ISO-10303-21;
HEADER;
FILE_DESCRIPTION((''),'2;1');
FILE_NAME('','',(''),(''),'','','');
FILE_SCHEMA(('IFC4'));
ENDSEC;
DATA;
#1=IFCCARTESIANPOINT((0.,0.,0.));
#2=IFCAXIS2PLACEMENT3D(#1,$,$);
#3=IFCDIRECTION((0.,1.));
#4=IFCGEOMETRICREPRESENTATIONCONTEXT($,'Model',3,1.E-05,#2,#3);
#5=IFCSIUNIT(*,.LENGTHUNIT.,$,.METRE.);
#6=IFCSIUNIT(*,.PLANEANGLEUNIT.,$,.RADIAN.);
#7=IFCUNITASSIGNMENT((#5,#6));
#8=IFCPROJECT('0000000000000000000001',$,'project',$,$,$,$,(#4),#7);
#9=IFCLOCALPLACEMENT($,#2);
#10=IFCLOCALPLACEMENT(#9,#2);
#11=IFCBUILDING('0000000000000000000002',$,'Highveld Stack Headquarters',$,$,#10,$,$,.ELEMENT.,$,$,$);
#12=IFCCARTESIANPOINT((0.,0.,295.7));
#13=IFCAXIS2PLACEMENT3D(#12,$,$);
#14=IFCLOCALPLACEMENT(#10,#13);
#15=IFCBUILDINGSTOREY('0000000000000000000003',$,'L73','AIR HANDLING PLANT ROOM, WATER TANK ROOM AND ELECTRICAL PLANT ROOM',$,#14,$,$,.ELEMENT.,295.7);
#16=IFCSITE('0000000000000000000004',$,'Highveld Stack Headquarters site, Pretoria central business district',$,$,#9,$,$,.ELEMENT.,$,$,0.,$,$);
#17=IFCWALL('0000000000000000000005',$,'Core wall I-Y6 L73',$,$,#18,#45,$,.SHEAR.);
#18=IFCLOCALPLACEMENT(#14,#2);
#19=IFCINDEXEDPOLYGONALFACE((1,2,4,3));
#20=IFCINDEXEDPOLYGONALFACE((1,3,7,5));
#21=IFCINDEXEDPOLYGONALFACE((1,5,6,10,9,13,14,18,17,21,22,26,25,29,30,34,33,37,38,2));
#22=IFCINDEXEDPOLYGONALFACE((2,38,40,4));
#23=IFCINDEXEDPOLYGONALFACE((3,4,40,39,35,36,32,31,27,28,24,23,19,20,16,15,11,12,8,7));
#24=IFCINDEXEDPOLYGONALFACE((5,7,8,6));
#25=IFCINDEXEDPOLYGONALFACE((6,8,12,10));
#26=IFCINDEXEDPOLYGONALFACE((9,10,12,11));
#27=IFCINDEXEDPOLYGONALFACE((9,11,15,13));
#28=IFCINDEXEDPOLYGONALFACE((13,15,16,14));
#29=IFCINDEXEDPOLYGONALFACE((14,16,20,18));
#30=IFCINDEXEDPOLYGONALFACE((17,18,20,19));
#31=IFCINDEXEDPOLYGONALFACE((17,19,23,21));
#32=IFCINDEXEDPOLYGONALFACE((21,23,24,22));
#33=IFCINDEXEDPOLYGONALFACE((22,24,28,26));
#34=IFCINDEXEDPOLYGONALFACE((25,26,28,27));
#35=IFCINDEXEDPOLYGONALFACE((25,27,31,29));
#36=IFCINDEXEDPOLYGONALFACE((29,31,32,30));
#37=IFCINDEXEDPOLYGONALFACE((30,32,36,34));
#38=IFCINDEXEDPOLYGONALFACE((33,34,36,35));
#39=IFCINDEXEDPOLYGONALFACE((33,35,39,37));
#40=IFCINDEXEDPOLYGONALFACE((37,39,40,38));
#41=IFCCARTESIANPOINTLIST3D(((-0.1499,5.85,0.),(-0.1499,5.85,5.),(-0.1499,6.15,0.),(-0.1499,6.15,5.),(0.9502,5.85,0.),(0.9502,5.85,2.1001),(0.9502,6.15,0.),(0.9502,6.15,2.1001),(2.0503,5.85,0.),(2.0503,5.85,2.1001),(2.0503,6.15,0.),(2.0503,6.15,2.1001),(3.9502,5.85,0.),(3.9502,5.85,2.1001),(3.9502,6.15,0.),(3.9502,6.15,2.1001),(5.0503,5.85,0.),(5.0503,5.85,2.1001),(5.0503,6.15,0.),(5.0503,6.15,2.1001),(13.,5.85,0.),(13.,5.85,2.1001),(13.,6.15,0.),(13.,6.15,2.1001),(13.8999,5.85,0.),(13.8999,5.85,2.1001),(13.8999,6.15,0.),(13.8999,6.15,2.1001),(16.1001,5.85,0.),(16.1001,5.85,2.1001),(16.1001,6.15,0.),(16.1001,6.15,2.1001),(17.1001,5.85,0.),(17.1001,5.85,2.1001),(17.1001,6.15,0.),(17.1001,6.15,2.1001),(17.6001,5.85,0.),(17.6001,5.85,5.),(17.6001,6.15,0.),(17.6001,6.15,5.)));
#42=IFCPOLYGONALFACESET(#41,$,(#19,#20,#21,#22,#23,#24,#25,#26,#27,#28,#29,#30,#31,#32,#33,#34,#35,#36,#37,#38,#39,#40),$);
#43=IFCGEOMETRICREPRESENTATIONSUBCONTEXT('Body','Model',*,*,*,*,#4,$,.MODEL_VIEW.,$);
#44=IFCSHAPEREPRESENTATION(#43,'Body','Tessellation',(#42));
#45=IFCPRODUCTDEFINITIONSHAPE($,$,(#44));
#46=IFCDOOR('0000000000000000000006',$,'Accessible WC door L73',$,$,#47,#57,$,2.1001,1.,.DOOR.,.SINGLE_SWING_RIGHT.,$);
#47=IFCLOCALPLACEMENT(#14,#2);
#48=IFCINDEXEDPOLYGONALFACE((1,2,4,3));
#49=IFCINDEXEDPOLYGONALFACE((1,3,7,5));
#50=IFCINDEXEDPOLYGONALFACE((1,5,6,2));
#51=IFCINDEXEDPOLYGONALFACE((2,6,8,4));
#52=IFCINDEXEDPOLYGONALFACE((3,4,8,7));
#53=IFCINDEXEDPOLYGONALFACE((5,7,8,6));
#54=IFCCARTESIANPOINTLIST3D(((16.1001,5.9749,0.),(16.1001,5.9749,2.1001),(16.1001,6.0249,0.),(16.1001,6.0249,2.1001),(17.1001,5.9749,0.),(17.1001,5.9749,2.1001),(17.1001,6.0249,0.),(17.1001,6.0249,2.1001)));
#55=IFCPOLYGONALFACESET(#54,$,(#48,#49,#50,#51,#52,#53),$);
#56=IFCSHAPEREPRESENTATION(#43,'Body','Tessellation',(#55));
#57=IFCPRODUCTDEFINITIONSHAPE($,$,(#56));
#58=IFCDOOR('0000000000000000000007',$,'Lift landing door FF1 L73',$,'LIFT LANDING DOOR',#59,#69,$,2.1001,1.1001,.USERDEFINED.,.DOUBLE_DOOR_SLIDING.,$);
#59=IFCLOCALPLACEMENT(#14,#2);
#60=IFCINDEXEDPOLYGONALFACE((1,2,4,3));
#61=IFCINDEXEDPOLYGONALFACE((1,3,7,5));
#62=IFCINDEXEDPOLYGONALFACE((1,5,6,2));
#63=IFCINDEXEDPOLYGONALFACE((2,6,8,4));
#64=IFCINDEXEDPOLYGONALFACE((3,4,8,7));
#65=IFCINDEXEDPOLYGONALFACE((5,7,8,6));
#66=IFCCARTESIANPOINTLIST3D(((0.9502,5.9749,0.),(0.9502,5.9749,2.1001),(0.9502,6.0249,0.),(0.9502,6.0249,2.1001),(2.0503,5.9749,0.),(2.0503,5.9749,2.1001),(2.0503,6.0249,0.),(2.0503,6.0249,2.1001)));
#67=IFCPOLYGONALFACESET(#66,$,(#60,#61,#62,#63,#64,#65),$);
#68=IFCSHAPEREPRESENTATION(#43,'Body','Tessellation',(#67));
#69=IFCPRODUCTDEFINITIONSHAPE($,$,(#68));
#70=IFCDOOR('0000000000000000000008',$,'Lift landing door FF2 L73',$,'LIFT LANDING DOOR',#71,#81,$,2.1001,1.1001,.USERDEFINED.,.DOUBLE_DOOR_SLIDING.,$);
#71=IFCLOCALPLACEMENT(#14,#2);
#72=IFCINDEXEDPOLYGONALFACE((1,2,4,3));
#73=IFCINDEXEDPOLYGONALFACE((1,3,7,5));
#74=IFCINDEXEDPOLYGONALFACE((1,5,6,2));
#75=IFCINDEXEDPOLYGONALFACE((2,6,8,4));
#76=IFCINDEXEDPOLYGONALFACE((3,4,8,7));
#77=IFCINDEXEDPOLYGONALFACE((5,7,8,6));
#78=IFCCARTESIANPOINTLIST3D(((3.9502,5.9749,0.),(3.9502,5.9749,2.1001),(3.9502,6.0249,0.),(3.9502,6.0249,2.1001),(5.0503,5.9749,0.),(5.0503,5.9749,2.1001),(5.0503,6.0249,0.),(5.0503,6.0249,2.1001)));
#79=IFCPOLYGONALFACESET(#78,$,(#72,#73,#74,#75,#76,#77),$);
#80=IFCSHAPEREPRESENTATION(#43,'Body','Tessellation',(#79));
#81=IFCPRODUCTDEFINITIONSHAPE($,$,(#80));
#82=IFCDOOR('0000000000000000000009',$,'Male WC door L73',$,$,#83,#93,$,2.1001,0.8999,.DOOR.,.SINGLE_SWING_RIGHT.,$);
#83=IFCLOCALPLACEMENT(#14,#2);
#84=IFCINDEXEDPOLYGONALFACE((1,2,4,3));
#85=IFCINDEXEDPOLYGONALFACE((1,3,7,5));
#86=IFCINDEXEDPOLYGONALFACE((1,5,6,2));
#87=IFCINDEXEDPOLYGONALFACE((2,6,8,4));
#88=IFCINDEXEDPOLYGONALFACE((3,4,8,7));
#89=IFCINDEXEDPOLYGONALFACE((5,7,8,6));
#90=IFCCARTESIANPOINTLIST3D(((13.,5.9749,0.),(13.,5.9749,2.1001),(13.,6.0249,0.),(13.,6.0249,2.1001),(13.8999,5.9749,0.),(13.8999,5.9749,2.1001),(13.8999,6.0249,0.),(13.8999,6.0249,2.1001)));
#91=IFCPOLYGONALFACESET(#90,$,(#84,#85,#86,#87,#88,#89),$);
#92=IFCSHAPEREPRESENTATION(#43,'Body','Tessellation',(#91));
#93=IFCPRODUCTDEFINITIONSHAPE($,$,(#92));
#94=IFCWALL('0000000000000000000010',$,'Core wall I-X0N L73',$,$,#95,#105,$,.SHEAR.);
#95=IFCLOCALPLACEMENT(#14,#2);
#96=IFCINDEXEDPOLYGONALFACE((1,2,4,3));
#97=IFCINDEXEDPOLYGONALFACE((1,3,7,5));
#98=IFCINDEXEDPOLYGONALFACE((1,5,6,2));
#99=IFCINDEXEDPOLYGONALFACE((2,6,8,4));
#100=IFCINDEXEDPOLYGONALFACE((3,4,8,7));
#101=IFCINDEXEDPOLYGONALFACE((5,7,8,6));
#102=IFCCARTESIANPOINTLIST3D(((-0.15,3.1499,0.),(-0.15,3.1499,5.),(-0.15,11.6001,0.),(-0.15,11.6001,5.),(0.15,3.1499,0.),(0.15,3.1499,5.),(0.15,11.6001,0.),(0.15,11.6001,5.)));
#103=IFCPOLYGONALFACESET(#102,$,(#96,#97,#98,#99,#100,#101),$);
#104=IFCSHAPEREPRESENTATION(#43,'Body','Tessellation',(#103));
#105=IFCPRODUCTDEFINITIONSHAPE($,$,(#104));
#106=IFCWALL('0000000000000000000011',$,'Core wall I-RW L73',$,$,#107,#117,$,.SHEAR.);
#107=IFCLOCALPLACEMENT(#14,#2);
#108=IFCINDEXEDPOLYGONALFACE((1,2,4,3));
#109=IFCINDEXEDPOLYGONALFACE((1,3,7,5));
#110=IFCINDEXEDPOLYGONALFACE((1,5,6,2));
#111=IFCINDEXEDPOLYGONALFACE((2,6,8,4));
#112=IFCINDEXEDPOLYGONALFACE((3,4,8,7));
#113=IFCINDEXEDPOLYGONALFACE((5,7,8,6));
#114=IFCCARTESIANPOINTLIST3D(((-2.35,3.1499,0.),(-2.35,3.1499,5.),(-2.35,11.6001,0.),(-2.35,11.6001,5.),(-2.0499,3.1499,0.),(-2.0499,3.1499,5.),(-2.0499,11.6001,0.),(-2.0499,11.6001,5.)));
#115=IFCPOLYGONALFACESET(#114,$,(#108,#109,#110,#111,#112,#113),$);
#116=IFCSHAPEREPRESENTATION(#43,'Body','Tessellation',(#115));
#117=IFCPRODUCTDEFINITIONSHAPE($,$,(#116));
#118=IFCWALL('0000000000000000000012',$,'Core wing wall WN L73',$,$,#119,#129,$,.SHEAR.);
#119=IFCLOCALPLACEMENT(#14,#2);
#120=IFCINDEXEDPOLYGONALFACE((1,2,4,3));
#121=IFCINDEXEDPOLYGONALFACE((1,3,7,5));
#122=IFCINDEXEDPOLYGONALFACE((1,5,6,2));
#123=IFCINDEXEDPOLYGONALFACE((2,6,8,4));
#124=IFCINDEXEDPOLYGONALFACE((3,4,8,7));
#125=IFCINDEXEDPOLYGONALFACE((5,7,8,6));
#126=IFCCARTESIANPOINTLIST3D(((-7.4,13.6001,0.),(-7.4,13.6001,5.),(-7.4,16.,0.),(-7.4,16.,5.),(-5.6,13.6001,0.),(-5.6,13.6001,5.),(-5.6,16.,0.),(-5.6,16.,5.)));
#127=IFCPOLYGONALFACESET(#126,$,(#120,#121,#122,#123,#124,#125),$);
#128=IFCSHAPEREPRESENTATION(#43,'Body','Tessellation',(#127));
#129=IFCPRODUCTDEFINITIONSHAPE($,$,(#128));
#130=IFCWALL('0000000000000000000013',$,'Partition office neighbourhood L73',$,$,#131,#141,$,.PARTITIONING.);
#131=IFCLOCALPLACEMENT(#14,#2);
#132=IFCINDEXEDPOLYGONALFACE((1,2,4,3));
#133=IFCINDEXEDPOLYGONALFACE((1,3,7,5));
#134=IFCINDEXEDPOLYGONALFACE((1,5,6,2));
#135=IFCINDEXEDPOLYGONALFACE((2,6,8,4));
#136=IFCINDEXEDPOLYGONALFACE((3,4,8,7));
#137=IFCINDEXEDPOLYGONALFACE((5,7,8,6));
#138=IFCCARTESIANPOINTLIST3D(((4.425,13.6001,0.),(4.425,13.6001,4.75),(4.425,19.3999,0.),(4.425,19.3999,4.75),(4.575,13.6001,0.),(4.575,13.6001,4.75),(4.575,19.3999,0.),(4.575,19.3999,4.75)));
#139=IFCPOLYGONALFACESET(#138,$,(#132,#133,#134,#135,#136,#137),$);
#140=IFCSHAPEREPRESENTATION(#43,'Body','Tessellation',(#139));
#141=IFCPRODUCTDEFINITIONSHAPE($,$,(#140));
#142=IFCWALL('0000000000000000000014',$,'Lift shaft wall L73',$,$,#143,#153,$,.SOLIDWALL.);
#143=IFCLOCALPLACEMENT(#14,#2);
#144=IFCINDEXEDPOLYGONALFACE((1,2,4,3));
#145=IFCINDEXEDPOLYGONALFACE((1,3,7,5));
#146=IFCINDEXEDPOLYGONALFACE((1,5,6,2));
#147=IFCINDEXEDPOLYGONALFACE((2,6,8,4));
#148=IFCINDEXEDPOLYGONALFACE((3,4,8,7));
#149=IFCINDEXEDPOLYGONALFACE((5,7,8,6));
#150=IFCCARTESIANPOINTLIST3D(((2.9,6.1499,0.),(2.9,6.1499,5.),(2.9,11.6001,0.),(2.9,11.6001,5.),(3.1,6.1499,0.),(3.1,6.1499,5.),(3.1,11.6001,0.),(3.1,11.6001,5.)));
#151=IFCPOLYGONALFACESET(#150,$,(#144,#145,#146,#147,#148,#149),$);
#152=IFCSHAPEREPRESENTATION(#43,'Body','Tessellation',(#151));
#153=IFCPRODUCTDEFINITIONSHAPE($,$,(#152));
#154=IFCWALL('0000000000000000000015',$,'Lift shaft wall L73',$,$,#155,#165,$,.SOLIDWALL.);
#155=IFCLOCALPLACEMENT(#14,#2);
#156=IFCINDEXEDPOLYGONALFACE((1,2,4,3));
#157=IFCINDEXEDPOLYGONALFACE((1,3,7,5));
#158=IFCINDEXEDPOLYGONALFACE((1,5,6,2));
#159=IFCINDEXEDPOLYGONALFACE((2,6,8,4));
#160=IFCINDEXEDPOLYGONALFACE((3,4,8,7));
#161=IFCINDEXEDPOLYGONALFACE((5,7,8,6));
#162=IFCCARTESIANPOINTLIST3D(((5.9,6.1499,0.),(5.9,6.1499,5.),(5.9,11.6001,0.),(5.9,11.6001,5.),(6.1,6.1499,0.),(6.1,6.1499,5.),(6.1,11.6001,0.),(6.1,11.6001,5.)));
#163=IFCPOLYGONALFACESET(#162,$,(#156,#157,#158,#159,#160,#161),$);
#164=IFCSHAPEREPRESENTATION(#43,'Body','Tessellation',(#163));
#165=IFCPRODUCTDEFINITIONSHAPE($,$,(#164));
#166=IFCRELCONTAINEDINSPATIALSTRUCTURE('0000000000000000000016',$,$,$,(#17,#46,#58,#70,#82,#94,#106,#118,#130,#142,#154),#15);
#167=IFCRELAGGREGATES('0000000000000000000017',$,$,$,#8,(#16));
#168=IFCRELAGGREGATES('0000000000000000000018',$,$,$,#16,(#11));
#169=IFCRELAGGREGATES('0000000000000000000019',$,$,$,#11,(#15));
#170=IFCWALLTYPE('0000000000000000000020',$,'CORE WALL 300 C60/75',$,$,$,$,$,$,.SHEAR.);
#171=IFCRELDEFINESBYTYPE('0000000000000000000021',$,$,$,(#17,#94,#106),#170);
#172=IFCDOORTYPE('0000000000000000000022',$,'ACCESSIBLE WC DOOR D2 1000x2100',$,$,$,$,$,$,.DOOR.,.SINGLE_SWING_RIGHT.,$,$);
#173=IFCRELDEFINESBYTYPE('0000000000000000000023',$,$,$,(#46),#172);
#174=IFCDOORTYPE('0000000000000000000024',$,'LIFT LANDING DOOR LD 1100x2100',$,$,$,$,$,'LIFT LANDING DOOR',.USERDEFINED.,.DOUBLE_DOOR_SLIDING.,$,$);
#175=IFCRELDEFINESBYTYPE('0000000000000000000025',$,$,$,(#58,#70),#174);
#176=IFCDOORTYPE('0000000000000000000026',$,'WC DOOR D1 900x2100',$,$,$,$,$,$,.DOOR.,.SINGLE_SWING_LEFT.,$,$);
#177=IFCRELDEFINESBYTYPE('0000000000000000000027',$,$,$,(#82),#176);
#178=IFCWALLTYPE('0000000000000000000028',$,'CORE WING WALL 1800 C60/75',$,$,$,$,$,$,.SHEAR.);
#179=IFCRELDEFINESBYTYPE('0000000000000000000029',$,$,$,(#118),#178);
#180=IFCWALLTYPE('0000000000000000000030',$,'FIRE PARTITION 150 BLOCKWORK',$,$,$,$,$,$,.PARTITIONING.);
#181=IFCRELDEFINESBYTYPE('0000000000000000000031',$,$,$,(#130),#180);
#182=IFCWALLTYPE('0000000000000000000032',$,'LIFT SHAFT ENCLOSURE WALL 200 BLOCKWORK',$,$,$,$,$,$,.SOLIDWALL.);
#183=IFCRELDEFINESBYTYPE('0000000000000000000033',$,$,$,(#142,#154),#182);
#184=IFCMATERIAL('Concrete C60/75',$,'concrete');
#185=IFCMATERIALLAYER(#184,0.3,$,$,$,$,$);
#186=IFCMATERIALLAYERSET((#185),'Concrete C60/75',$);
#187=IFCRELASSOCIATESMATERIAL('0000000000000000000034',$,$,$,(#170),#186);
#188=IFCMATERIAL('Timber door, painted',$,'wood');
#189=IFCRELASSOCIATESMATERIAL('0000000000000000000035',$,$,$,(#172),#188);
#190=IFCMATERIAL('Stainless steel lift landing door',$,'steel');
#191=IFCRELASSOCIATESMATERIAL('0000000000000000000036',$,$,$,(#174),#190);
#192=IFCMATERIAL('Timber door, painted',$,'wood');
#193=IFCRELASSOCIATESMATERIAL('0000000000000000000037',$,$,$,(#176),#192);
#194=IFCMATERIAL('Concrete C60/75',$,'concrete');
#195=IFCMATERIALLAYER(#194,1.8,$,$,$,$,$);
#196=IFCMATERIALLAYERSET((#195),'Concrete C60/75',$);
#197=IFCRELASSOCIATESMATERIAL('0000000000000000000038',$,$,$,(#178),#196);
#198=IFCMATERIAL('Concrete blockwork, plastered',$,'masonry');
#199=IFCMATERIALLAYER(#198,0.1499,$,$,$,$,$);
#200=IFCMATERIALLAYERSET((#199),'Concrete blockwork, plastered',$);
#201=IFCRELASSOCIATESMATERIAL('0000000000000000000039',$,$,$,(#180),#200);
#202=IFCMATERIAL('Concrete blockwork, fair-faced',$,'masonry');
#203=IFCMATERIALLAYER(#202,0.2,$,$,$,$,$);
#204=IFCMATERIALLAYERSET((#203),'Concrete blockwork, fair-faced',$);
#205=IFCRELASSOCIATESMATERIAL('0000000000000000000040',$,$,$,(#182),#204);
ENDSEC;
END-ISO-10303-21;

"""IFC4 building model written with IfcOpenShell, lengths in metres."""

from ifc_helpers import new_model, si_unit, direction, frame, frame_2d, origin, place, context, subcontext, project, spatial, rectangle, extrude, material, layer, layer_set, type_object, element, fill, save


model = new_model("IFC4")

# Units and contexts
model_context = context("Model", 3, precision=1e-05, world=origin(), true_north=direction((0.0, 1.0)))
body_context = subcontext(model_context, "Body", "Model", "MODEL_VIEW")
ifc_project = project(units=[si_unit("LENGTHUNIT", "METRE"), si_unit("PLANEANGLEUNIT", "RADIAN")], contexts=[model_context])

# Site, building, storey
site_placement = place(None, origin())
site = spatial("IfcSite", under=ifc_project, at=site_placement, Name="Highveld Stack Headquarters site, Pretoria central business district", CompositionType="ELEMENT", RefElevation=0.0)
building_placement = place(site_placement, origin())
building = spatial("IfcBuilding", under=site, at=building_placement, Name="Highveld Stack Headquarters", CompositionType="ELEMENT")
storey_placement = place(building_placement, frame((0.0, 0.0, 295.7)))
storey = spatial("IfcBuildingStorey", under=building, at=storey_placement, Name="L73", Description="AIR HANDLING PLANT ROOM, WATER TANK ROOM AND ELECTRICAL PLANT ROOM", CompositionType="ELEMENT", Elevation=295.7)

# Wall, openings, doors
ifc_material_1 = material(Name="Concrete C60/75", Category="concrete")
ifc_layer_1 = layer(ifc_material_1, 0.3)
ifc_layer_set_1 = layer_set([ifc_layer_1], Name="Concrete C60/75")
wall_type_1 = type_object("IfcWallType", Name="CORE WALL 300 C60/75", PredefinedType="SHEAR", material=ifc_layer_set_1)
wall_1_placement = place(storey_placement, frame((-0.1499, 6.0, 0.0), z_axis=(0.0, 0.0, 1.0), x_axis=(1.0, 0.0, 0.0)))
wall_1 = element("IfcWall", 1, at=wall_1_placement, inside=storey, type_object=wall_type_1, Name="Core wall I-Y6 L73", PredefinedType="SHEAR", context=body_context, shape_type="SweptSolid", body=[
    extrude(rectangle(XDim=17.75, YDim=0.3, at=frame_2d((8.875, 0.0))), origin(), (0.0, 0.0, 1.0), 5.0),
])
opening_1_placement = place(wall_1_placement, frame((13.1499, 0.0, 0.0)))
opening_1 = element("IfcOpeningElement", 2, at=opening_1_placement, cuts=wall_1, PredefinedType="OPENING", context=body_context, shape_type="SweptSolid", body=[
    extrude(rectangle(XDim=0.8999, YDim=2.1001, at=frame_2d((0.45, 1.05))), frame((0.0, 0.1599, 0.0), z_axis=(0.0, -1.0, 0.0), x_axis=(1.0, 0.0, 0.0)), (0.0, 0.0, 1.0), 0.3201),
])
opening_2_placement = place(wall_1_placement, frame((16.25, 0.0, 0.0)))
opening_2 = element("IfcOpeningElement", 3, at=opening_2_placement, cuts=wall_1, PredefinedType="OPENING", context=body_context, shape_type="SweptSolid", body=[
    extrude(rectangle(XDim=1.0, YDim=2.1001, at=frame_2d((0.5, 1.05))), frame((0.0, 0.1599, 0.0), z_axis=(0.0, -1.0, 0.0), x_axis=(1.0, 0.0, 0.0)), (0.0, 0.0, 1.0), 0.3201),
])
opening_3_placement = place(wall_1_placement, frame((1.1001, 0.0, 0.0)))
opening_3 = element("IfcOpeningElement", 4, at=opening_3_placement, cuts=wall_1, PredefinedType="OPENING", context=body_context, shape_type="SweptSolid", body=[
    extrude(rectangle(XDim=1.1001, YDim=2.1001, at=frame_2d((0.55, 1.05))), frame((0.0, 0.1599, 0.0), z_axis=(0.0, -1.0, 0.0), x_axis=(1.0, 0.0, 0.0)), (0.0, 0.0, 1.0), 0.3201),
])
opening_4_placement = place(wall_1_placement, frame((4.1001, 0.0, 0.0)))
opening_4 = element("IfcOpeningElement", 5, at=opening_4_placement, cuts=wall_1, PredefinedType="OPENING", context=body_context, shape_type="SweptSolid", body=[
    extrude(rectangle(XDim=1.1001, YDim=2.1001, at=frame_2d((0.55, 1.05))), frame((0.0, 0.1599, 0.0), z_axis=(0.0, -1.0, 0.0), x_axis=(1.0, 0.0, 0.0)), (0.0, 0.0, 1.0), 0.3201),
])
ifc_material_2 = material(Name="Timber door, painted", Category="wood")
door_type_1 = type_object("IfcDoorType", Name="ACCESSIBLE WC DOOR D2 1000x2100", OperationType="SINGLE_SWING_RIGHT", PredefinedType="DOOR", material=ifc_material_2)
door_1_placement = place(opening_2_placement, origin())
door_1 = element("IfcDoor", 6, at=door_1_placement, inside=storey, type_object=door_type_1, Name="Accessible WC door L73", OperationType="SINGLE_SWING_RIGHT", OverallHeight=2.1001, OverallWidth=1.0, PredefinedType="DOOR", context=body_context, shape_type="SweptSolid", body=[
    extrude(rectangle(XDim=1.0, YDim=2.1001, at=frame_2d((0.5, 1.05))), frame((0.0, 0.0249, 0.0), z_axis=(0.0, -1.0, 0.0), x_axis=(1.0, 0.0, 0.0)), (0.0, 0.0, 1.0), 0.05),
])
fill(opening_2, door_1)
ifc_material_3 = material(Name="Stainless steel lift landing door", Category="steel")
door_type_2 = type_object("IfcDoorType", Name="LIFT LANDING DOOR LD 1100x2100", ElementType="LIFT LANDING DOOR", OperationType="DOUBLE_DOOR_SLIDING", PredefinedType="USERDEFINED", material=ifc_material_3)
door_2_placement = place(opening_3_placement, origin())
door_2 = element("IfcDoor", 7, at=door_2_placement, inside=storey, type_object=door_type_2, Name="Lift landing door FF1 L73", ObjectType="LIFT LANDING DOOR", OperationType="DOUBLE_DOOR_SLIDING", OverallHeight=2.1001, OverallWidth=1.1001, PredefinedType="USERDEFINED", context=body_context, shape_type="SweptSolid", body=[
    extrude(rectangle(XDim=1.1001, YDim=2.1001, at=frame_2d((0.55, 1.05))), frame((0.0, 0.0249, 0.0), z_axis=(0.0, -1.0, 0.0), x_axis=(1.0, 0.0, 0.0)), (0.0, 0.0, 1.0), 0.05),
])
fill(opening_3, door_2)
door_3_placement = place(opening_4_placement, origin())
door_3 = element("IfcDoor", 8, at=door_3_placement, inside=storey, type_object=door_type_2, Name="Lift landing door FF2 L73", ObjectType="LIFT LANDING DOOR", OperationType="DOUBLE_DOOR_SLIDING", OverallHeight=2.1001, OverallWidth=1.1001, PredefinedType="USERDEFINED", context=body_context, shape_type="SweptSolid", body=[
    extrude(rectangle(XDim=1.1001, YDim=2.1001, at=frame_2d((0.55, 1.05))), frame((0.0, 0.0249, 0.0), z_axis=(0.0, -1.0, 0.0), x_axis=(1.0, 0.0, 0.0)), (0.0, 0.0, 1.0), 0.05),
])
fill(opening_4, door_3)
ifc_material_4 = material(Name="Timber door, painted", Category="wood")
door_type_3 = type_object("IfcDoorType", Name="WC DOOR D1 900x2100", OperationType="SINGLE_SWING_LEFT", PredefinedType="DOOR", material=ifc_material_4)
door_4_placement = place(opening_1_placement, origin())
door_4 = element("IfcDoor", 9, at=door_4_placement, inside=storey, type_object=door_type_3, Name="Male WC door L73", OperationType="SINGLE_SWING_RIGHT", OverallHeight=2.1001, OverallWidth=0.8999, PredefinedType="DOOR", context=body_context, shape_type="SweptSolid", body=[
    extrude(rectangle(XDim=0.8999, YDim=2.1001, at=frame_2d((0.45, 1.05))), frame((0.0, 0.0249, 0.0), z_axis=(0.0, -1.0, 0.0), x_axis=(1.0, 0.0, 0.0)), (0.0, 0.0, 1.0), 0.05),
])
fill(opening_1, door_4)

# Walls
for number, where, z_axis, x_axis, name in (
    (10, (0.0, 3.1499, 0.0), (0.0, 0.0, 1.0), (0.0, 1.0, 0.0), "Core wall I-X0N L73"),
    (11, (-2.2, 3.1499, 0.0), (0.0, 0.0, 1.0), (0.0, 1.0, 0.0), "Core wall I-RW L73"),
):
    element("IfcWall", number, at=place(storey_placement, frame(where, z_axis=z_axis, x_axis=x_axis)), inside=storey, type_object=wall_type_1, Name=name, PredefinedType="SHEAR", context=body_context, shape_type="SweptSolid", body=[
        extrude(rectangle(XDim=8.4502, YDim=0.3, at=frame_2d((4.2251, 0.0))), origin(), (0.0, 0.0, 1.0), 5.0),
    ])
ifc_material_5 = material(Name="Concrete C60/75", Category="concrete")
ifc_layer_2 = layer(ifc_material_5, 1.8)
ifc_layer_set_2 = layer_set([ifc_layer_2], Name="Concrete C60/75")
wall_type_2 = type_object("IfcWallType", Name="CORE WING WALL 1800 C60/75", PredefinedType="SHEAR", material=ifc_layer_set_2)
wall_2_placement = place(storey_placement, frame((-6.5, 13.6001, 0.0), z_axis=(0.0, 0.0, 1.0), x_axis=(0.0, 1.0, 0.0)))
element("IfcWall", 12, at=wall_2_placement, inside=storey, type_object=wall_type_2, Name="Core wing wall WN L73", PredefinedType="SHEAR", context=body_context, shape_type="SweptSolid", body=[
    extrude(rectangle(XDim=2.3999, YDim=1.8, at=frame_2d((1.2, 0.0))), origin(), (0.0, 0.0, 1.0), 5.0),
])
ifc_material_6 = material(Name="Concrete blockwork, plastered", Category="masonry")
ifc_layer_3 = layer(ifc_material_6, 0.1499)
ifc_layer_set_3 = layer_set([ifc_layer_3], Name="Concrete blockwork, plastered")
wall_type_3 = type_object("IfcWallType", Name="FIRE PARTITION 150 BLOCKWORK", PredefinedType="PARTITIONING", material=ifc_layer_set_3)
wall_3_placement = place(storey_placement, frame((4.5, 13.6001, 0.0), z_axis=(0.0, 0.0, 1.0), x_axis=(0.0, 1.0, 0.0)))
element("IfcWall", 13, at=wall_3_placement, inside=storey, type_object=wall_type_3, Name="Partition office neighbourhood L73", PredefinedType="PARTITIONING", context=body_context, shape_type="SweptSolid", body=[
    extrude(rectangle(XDim=5.7998, YDim=0.1499, at=frame_2d((2.8999, 0.0))), origin(), (0.0, 0.0, 1.0), 4.75),
])
ifc_material_7 = material(Name="Concrete blockwork, fair-faced", Category="masonry")
ifc_layer_4 = layer(ifc_material_7, 0.2)
ifc_layer_set_4 = layer_set([ifc_layer_4], Name="Concrete blockwork, fair-faced")
wall_type_4 = type_object("IfcWallType", Name="LIFT SHAFT ENCLOSURE WALL 200 BLOCKWORK", PredefinedType="SOLIDWALL", material=ifc_layer_set_4)
for number, where, z_axis, x_axis, name in (
    (14, (3.0, 6.1499, 0.0), (0.0, 0.0, 1.0), (0.0, 1.0, 0.0), "Lift shaft wall L73"),
    (15, (6.0, 6.1499, 0.0), (0.0, 0.0, 1.0), (0.0, 1.0, 0.0), "Lift shaft wall L73"),
):
    element("IfcWall", number, at=place(storey_placement, frame(where, z_axis=z_axis, x_axis=x_axis)), inside=storey, type_object=wall_type_4, Name=name, PredefinedType="SOLIDWALL", context=body_context, shape_type="SweptSolid", body=[
        extrude(rectangle(XDim=5.4502, YDim=0.2, at=frame_2d((2.7251, 0.0))), origin(), (0.0, 0.0, 1.0), 5.0),
    ])

save(model, "model.ifc")
